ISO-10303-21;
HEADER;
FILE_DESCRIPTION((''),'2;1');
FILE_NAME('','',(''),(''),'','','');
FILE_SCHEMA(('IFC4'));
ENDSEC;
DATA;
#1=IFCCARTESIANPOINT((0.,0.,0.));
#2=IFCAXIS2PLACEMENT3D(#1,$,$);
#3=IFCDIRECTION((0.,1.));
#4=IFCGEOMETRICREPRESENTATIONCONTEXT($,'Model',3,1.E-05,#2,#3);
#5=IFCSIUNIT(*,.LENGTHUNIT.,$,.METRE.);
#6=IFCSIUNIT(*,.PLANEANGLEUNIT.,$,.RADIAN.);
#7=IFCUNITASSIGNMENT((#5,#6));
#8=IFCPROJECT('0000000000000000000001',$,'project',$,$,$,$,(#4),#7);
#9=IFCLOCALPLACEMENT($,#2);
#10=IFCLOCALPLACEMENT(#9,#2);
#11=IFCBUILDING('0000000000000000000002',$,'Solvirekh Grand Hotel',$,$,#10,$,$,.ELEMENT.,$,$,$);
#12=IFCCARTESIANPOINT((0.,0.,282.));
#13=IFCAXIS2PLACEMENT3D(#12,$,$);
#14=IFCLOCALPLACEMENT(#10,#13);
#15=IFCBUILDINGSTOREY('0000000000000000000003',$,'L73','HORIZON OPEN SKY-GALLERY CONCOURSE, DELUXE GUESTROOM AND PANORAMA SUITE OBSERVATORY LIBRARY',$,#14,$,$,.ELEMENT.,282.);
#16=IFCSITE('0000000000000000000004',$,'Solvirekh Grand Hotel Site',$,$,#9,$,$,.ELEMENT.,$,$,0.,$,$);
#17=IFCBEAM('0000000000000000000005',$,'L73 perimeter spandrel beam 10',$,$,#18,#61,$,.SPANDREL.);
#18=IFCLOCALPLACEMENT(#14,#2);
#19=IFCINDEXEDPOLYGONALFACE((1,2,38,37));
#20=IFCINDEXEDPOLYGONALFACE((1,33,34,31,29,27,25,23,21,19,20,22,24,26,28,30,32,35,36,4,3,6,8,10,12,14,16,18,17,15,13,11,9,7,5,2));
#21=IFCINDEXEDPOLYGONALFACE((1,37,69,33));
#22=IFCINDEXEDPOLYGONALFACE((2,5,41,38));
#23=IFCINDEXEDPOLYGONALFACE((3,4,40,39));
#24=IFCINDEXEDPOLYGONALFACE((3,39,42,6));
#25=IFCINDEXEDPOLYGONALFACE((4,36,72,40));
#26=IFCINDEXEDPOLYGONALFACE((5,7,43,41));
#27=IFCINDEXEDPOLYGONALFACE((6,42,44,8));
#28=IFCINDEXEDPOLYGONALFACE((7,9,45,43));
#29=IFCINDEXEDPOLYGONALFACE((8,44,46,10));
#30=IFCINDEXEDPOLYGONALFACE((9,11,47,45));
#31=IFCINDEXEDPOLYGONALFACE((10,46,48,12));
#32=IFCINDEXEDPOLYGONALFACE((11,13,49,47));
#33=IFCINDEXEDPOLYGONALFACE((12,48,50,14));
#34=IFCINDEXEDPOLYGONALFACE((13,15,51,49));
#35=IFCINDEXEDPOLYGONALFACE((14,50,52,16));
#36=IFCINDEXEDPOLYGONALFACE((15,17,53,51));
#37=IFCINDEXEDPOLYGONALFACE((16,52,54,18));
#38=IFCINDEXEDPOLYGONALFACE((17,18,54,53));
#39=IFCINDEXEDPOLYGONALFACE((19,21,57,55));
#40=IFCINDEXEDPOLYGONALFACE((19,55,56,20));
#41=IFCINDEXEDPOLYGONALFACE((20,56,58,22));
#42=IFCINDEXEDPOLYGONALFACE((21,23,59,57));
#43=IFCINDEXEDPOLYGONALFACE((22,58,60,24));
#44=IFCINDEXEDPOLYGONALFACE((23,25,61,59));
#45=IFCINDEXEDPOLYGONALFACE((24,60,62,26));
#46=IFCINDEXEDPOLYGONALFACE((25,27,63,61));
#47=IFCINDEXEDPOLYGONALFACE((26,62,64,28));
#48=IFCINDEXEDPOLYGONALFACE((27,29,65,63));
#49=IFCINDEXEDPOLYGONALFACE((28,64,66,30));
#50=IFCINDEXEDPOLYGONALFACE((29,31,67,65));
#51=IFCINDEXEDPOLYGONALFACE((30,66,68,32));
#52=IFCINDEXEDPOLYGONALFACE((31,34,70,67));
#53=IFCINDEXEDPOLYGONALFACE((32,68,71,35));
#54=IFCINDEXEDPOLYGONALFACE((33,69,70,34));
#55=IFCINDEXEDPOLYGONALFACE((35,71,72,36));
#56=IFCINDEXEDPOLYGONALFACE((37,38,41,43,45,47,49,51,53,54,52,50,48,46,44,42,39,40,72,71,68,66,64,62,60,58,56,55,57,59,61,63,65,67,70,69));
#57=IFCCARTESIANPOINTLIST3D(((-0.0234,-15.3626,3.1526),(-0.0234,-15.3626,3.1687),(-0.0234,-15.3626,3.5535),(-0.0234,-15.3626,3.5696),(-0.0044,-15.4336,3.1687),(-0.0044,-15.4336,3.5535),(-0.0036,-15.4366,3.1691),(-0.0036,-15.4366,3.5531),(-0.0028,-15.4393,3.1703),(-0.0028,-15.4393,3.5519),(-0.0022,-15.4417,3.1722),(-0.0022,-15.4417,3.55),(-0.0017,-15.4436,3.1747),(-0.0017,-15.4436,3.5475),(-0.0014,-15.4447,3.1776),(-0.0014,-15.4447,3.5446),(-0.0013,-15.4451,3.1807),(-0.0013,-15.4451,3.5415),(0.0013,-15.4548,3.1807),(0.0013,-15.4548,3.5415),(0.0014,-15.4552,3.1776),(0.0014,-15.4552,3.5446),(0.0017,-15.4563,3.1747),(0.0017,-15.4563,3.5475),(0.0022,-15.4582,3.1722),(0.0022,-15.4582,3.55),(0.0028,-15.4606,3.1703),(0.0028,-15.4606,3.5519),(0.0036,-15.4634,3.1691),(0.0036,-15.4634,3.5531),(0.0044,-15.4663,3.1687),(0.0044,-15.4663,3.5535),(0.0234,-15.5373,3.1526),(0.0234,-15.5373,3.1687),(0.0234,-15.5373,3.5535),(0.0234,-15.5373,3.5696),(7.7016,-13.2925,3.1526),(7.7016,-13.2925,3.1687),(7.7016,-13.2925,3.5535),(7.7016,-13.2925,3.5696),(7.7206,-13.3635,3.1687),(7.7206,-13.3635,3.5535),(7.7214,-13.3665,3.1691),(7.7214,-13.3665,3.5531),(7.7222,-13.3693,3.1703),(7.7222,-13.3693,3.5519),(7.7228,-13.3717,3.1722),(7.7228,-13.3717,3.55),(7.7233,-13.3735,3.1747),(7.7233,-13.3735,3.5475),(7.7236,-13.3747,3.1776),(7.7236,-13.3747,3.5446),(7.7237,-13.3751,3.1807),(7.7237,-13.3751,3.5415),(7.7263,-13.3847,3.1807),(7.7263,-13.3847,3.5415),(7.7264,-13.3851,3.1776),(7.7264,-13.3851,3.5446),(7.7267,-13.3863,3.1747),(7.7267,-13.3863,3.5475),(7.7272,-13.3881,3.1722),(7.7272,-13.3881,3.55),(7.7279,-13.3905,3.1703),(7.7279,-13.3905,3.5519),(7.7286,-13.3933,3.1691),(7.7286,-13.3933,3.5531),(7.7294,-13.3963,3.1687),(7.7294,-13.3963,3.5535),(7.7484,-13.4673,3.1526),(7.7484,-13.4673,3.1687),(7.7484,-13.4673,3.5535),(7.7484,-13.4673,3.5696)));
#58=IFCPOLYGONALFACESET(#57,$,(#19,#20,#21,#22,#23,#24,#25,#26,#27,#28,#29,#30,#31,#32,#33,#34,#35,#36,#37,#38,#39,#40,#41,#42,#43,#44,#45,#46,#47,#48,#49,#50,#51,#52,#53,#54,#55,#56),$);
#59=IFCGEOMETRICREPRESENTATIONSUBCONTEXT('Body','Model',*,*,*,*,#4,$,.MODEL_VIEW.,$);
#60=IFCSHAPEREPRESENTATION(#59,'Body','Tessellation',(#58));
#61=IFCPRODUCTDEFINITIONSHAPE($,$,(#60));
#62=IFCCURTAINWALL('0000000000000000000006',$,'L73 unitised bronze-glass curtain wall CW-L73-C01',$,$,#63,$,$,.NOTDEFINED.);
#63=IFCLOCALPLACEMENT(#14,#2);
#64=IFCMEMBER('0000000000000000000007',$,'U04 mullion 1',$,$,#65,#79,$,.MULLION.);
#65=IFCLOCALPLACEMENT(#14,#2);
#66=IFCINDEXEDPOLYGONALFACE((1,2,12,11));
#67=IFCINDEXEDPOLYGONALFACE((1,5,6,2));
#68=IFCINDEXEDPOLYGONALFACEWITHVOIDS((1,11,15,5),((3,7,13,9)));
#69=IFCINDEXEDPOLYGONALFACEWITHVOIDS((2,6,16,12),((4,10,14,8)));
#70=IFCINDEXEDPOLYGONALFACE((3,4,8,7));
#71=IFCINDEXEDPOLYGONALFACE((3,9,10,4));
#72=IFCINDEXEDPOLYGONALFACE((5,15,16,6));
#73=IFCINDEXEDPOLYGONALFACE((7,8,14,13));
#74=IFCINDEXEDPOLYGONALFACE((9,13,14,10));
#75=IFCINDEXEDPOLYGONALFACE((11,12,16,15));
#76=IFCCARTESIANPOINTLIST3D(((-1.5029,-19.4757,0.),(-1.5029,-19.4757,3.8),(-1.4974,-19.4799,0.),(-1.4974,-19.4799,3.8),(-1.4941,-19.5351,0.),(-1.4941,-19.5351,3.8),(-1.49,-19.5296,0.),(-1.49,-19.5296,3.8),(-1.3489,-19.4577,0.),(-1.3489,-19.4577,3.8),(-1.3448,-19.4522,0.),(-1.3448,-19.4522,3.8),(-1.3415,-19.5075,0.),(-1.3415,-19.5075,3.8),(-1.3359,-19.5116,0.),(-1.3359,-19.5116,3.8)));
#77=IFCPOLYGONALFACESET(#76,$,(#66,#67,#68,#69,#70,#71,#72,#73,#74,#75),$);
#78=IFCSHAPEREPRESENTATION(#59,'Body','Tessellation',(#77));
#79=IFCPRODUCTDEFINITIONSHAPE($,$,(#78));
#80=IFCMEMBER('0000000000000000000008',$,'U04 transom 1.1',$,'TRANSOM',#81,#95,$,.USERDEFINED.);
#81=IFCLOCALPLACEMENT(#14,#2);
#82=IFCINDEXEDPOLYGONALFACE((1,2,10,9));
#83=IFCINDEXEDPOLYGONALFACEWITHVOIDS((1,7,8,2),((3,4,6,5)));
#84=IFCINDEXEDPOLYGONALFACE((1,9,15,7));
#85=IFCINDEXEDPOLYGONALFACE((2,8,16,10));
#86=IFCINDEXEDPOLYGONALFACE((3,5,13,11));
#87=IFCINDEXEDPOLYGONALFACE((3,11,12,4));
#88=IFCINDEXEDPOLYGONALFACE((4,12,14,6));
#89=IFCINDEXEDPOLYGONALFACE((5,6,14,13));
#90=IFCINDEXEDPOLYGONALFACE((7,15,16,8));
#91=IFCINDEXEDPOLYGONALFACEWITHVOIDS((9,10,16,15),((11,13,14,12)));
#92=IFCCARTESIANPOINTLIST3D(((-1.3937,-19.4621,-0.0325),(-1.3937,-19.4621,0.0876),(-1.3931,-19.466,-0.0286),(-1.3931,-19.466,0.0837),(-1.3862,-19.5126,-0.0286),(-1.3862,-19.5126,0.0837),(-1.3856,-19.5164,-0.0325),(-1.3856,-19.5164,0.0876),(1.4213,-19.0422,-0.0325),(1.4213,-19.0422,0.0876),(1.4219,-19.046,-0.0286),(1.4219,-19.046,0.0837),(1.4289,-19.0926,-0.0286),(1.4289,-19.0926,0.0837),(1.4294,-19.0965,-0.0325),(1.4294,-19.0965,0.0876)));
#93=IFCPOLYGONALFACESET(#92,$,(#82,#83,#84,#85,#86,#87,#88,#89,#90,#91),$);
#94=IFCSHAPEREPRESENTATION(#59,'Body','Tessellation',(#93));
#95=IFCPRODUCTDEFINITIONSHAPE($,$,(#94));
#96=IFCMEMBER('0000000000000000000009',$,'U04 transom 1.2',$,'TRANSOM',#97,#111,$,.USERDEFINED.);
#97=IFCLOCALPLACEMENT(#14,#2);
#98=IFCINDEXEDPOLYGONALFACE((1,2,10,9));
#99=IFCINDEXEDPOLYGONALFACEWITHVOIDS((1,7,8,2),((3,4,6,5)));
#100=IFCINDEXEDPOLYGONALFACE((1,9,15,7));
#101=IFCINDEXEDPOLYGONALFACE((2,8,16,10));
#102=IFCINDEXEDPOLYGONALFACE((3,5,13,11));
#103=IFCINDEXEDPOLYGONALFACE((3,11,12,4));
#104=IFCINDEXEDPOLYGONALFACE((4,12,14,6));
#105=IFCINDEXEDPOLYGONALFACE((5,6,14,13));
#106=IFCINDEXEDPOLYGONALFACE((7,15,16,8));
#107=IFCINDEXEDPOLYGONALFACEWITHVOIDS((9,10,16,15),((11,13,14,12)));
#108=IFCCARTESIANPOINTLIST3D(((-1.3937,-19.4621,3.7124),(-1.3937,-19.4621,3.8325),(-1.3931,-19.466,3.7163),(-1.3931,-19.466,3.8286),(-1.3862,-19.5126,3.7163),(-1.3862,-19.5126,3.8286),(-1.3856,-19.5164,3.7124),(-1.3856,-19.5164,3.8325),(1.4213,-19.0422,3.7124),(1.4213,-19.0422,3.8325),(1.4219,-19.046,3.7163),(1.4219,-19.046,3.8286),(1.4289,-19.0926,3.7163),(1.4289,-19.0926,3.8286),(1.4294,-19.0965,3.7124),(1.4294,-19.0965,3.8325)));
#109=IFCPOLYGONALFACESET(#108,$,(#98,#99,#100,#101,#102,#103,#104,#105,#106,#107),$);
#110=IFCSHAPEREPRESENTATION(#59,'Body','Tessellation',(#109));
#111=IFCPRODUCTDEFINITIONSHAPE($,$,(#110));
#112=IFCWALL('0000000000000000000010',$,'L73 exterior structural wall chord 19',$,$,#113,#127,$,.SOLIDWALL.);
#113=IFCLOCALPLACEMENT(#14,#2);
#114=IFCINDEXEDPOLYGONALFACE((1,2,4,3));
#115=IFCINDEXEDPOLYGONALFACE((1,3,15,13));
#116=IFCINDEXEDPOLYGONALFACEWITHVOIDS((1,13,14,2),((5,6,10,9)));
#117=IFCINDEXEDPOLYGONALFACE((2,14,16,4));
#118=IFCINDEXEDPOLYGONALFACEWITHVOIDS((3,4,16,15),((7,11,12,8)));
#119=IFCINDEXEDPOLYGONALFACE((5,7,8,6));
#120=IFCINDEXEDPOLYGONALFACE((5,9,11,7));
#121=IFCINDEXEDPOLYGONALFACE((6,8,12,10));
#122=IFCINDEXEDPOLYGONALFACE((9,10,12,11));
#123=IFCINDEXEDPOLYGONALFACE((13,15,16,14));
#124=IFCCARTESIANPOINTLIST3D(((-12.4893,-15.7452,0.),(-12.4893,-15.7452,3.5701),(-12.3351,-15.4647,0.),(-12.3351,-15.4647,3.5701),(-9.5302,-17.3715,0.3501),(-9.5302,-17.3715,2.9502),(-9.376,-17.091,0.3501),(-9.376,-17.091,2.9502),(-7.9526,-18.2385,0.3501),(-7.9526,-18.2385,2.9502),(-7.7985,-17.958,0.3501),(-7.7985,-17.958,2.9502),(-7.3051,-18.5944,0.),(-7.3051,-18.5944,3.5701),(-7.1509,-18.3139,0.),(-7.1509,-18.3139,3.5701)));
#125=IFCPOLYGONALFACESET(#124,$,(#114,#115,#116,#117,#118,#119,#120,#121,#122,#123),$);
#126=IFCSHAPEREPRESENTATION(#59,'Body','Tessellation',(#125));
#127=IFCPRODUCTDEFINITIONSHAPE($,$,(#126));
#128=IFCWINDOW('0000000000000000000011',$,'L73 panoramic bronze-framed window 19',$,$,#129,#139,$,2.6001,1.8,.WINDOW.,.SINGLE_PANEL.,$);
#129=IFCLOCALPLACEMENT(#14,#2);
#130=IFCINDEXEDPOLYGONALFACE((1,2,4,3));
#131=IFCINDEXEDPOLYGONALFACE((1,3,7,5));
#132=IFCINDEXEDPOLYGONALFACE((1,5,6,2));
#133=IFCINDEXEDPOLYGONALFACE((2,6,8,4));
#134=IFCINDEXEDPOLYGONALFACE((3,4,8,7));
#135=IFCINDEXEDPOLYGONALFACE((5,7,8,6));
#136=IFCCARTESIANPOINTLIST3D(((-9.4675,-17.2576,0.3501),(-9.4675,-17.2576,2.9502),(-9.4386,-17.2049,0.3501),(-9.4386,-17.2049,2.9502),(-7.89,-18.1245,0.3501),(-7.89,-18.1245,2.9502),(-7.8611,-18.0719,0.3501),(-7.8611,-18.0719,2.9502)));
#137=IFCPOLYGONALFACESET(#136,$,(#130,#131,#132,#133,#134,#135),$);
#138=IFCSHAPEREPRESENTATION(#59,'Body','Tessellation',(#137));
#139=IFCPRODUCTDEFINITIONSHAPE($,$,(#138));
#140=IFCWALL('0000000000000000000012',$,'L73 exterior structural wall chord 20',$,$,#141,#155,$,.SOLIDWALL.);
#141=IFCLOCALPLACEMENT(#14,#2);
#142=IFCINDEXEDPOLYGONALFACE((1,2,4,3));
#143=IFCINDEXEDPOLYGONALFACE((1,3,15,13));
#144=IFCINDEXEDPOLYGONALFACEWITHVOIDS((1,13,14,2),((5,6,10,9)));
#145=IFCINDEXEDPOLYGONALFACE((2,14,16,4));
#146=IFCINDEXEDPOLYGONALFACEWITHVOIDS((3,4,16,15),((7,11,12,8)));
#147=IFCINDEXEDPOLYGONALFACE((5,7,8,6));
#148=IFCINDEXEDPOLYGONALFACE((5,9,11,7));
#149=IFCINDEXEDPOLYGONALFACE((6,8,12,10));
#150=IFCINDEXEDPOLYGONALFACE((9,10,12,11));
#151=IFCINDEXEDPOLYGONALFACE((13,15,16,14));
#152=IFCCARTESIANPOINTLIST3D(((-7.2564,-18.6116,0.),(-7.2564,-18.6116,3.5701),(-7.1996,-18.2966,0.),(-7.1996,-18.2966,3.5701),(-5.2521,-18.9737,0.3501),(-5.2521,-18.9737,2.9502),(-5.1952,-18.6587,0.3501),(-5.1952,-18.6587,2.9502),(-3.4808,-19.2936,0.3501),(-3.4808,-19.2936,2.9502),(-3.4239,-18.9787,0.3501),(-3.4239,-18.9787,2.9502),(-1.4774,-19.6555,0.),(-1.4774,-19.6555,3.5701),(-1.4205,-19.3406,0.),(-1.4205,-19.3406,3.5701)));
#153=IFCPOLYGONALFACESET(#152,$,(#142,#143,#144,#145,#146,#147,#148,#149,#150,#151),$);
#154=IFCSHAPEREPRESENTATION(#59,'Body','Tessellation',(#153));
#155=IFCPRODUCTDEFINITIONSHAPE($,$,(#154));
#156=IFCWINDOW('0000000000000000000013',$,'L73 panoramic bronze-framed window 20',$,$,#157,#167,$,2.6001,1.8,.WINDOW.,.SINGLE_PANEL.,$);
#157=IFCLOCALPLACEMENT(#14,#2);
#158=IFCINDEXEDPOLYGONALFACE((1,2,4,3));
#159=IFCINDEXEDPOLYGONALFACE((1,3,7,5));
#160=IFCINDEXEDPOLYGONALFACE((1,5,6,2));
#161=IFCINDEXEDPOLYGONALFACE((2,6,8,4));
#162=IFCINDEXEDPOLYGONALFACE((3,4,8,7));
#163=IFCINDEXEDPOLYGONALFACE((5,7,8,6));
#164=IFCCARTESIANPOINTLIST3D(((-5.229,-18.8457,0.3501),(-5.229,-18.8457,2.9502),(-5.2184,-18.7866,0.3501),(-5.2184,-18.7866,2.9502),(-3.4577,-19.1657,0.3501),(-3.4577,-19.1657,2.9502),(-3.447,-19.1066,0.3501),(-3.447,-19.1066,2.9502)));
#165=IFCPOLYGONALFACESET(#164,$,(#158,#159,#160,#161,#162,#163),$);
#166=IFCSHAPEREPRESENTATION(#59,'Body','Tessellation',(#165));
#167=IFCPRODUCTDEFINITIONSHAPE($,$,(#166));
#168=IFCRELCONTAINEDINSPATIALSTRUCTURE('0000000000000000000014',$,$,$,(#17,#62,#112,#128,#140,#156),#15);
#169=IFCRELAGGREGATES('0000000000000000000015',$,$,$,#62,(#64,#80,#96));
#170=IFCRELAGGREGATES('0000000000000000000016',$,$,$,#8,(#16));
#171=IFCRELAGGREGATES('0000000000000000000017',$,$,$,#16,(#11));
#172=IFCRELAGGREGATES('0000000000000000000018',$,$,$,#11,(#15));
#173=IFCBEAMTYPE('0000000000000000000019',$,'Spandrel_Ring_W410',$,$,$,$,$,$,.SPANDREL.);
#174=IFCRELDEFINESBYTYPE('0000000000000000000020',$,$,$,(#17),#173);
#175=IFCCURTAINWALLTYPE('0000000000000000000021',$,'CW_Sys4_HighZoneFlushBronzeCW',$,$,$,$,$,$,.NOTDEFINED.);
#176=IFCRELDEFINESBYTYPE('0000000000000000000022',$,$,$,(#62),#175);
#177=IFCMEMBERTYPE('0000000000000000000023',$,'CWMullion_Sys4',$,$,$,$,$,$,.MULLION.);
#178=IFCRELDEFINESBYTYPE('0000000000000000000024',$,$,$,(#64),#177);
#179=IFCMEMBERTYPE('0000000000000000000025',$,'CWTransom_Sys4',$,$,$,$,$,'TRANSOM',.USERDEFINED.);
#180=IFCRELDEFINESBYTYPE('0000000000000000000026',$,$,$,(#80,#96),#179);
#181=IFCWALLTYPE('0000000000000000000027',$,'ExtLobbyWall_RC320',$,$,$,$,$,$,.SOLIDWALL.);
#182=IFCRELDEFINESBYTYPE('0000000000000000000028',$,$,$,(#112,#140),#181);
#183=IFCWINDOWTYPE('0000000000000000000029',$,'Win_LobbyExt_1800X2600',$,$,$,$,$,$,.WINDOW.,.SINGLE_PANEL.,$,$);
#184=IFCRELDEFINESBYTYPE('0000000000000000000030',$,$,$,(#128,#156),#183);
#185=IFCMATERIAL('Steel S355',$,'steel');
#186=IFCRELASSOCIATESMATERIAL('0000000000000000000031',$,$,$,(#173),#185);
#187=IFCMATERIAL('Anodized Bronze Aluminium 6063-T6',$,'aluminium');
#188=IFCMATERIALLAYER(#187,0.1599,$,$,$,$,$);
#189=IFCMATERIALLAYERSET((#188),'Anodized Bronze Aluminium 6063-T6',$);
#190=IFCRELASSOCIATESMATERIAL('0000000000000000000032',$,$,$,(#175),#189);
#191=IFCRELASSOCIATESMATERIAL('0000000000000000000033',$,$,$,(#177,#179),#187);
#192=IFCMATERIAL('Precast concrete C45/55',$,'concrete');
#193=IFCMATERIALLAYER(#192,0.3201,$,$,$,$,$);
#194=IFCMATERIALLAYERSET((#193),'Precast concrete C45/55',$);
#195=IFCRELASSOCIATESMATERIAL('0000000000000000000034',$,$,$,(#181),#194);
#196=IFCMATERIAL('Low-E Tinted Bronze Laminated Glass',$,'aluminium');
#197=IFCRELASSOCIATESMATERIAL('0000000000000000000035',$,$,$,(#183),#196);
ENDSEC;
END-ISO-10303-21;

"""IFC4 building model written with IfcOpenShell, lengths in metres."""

from ifc_helpers import new_model, si_unit, direction, frame, frame_2d, origin, origin_2d, place, context, subcontext, project, spatial, rectangle, hollow_rectangle, i_section, extrude, source, transform, mapped, material, layer, layer_set, material_profile, profile_set, type_object, element, fill, aggregate, save


model = new_model("IFC4")

# Units and contexts
model_context = context("Model", 3, precision=1e-05, world=origin(), true_north=direction((0.0, 1.0)))
body_context = subcontext(model_context, "Body", "Model", "MODEL_VIEW")
ifc_project = project(units=[si_unit("LENGTHUNIT", "METRE"), si_unit("PLANEANGLEUNIT", "RADIAN")], contexts=[model_context])

# Site, building, storey
site_placement = place(None, origin())
site = spatial("IfcSite", under=ifc_project, at=site_placement, Name="Solvirekh Grand Hotel Site", CompositionType="ELEMENT", RefElevation=0.0)
building_placement = place(site_placement, origin())
building = spatial("IfcBuilding", under=site, at=building_placement, Name="Solvirekh Grand Hotel", CompositionType="ELEMENT")
storey_placement = place(building_placement, frame((0.0, 0.0, 282.0)))
storey = spatial("IfcBuildingStorey", under=building, at=storey_placement, Name="L73", Description="HORIZON OPEN SKY-GALLERY CONCOURSE, DELUXE GUESTROOM AND PANORAMA SUITE OBSERVATORY LIBRARY", CompositionType="ELEMENT", Elevation=282.0)

# Beam
ifc_material_1 = material(Name="Steel S355", Category="steel")
ifc_material_profile_1 = material_profile(ifc_material_1, i_section(OverallWidth=0.1809, OverallDepth=0.417, WebThickness=0.01, FlangeThickness=0.0161, FilletRadius=0.012, at=origin_2d()), Name="W410X85")
ifc_profile_set_1 = profile_set([ifc_material_profile_1], Name="Steel S355")
beam_type_1 = type_object("IfcBeamType", Name="Spandrel_Ring_W410", PredefinedType="SPANDREL", material=ifc_profile_set_1)
for number, where, z_axis, x_axis, name in (
    (1, (0.0, -15.45, 3.3611), (0.965922, 0.258835, 0.0), (-0.258835, 0.965922, 0.0), "L73 perimeter spandrel beam 10"),
):
    element("IfcBeam", number, at=place(storey_placement, frame(where, z_axis=z_axis, x_axis=x_axis)), inside=storey, type_object=beam_type_1, Name=name, PredefinedType="SPANDREL", context=body_context, shape_type="SweptSolid", body=[
        extrude(i_section(OverallWidth=0.1809, OverallDepth=0.417, WebThickness=0.01, FlangeThickness=0.0161, FilletRadius=0.012, at=origin_2d()), origin(), (0.0, 0.0, 1.0), 7.9976),
    ])

# Curtain wall, members
ifc_material_2 = material(Name="Anodized Bronze Aluminium 6063-T6", Category="aluminium")
ifc_layer_1 = layer(ifc_material_2, 0.1599)
ifc_layer_set_1 = layer_set([ifc_layer_1], Name="Anodized Bronze Aluminium 6063-T6")
curtain_wall_type = type_object("IfcCurtainWallType", Name="CW_Sys4_HighZoneFlushBronzeCW", PredefinedType="NOTDEFINED", material=ifc_layer_set_1)
curtain_wall_placement = place(storey_placement, origin())
curtain_wall = element("IfcCurtainWall", 2, at=curtain_wall_placement, inside=storey, type_object=curtain_wall_type, Name="L73 unitised bronze-glass curtain wall CW-L73-C01", PredefinedType="NOTDEFINED")
ifc_material_profile_2 = material_profile(ifc_material_2, hollow_rectangle(XDim=0.0601, YDim=0.1599, WallThickness=0.0049, at=origin_2d()), Name="ALU RHS 160X60X5")
ifc_profile_set_2 = profile_set([ifc_material_profile_2], Name="Anodized Bronze Aluminium 6063-T6")
member_type_1 = type_object("IfcMemberType", Name="CWMullion_Sys4", PredefinedType="MULLION", material=ifc_profile_set_2)
shared_shape_1 = source(origin(), body_context, "Body", "SweptSolid", [
    extrude(hollow_rectangle(XDim=0.0601, YDim=0.1599, WallThickness=0.0049, at=origin_2d()), origin(), (0.0, 0.0, 1.0), 3.8),
])
member_1_placement = place(storey_placement, frame((-1.4194, -19.4937, 0.0), z_axis=(0.0, 0.0, 1.0), x_axis=(-0.147474, 0.989066, 0.0)))
member_1 = element("IfcMember", 3, at=member_1_placement, type_object=member_type_1, Name="U04 mullion 1", PredefinedType="MULLION", context=body_context, shape_type="MappedRepresentation", body=[
    mapped(shared_shape_1, transform((0.0, 0.0, 0.0), x_axis=(1.0, 0.0, 0.0), y_axis=(0.0, 1.0, 0.0), z_axis=(0.0, 0.0, 1.0), scale=1.0)),
])
ifc_material_profile_3 = material_profile(ifc_material_2, hollow_rectangle(XDim=0.0549, YDim=0.1201, WallThickness=0.0039, at=origin_2d()), Name="ALU RHS 120X55X4")
ifc_profile_set_3 = profile_set([ifc_material_profile_3], Name="Anodized Bronze Aluminium 6063-T6")
member_type_2 = type_object("IfcMemberType", Name="CWTransom_Sys4", ElementType="TRANSOM", PredefinedType="USERDEFINED", material=ifc_profile_set_3)
shared_shape_2 = source(origin(), body_context, "Body", "SweptSolid", [
    extrude(hollow_rectangle(XDim=0.0549, YDim=0.1201, WallThickness=0.0039, at=origin_2d()), origin(), (0.0, 0.0, 1.0), 2.8462),
])
member_2_placement = place(storey_placement, frame((-1.3896, -19.4893, 0.0276), z_axis=(0.989056, 0.147543, 0.0), x_axis=(-0.147543, 0.989056, 0.0)))
member_2 = element("IfcMember", 4, at=member_2_placement, type_object=member_type_2, Name="U04 transom 1.1", ObjectType="TRANSOM", PredefinedType="USERDEFINED", context=body_context, shape_type="MappedRepresentation", body=[
    mapped(shared_shape_2, transform((0.0, 0.0, 0.0), x_axis=(1.0, 0.0, 0.0), y_axis=(0.0, 1.0, 0.0), z_axis=(0.0, 0.0, 1.0), scale=1.0)),
])
member_3_placement = place(storey_placement, frame((-1.3896, -19.4893, 3.7725), z_axis=(0.989056, 0.147543, 0.0), x_axis=(-0.147543, 0.989056, 0.0)))
member_3 = element("IfcMember", 5, at=member_3_placement, type_object=member_type_2, Name="U04 transom 1.2", ObjectType="TRANSOM", PredefinedType="USERDEFINED", context=body_context, shape_type="MappedRepresentation", body=[
    mapped(shared_shape_2, transform((0.0, 0.0, 0.0), x_axis=(1.0, 0.0, 0.0), y_axis=(0.0, 1.0, 0.0), z_axis=(0.0, 0.0, 1.0), scale=1.0)),
])
aggregate(curtain_wall, [member_1, member_2, member_3])

# Walls, openings, windows
ifc_material_3 = material(Name="Precast concrete C45/55", Category="concrete")
ifc_layer_2 = layer(ifc_material_3, 0.3201)
ifc_layer_set_2 = layer_set([ifc_layer_2], Name="Precast concrete C45/55")
wall_type_1 = type_object("IfcWallType", Name="ExtLobbyWall_RC320", PredefinedType="SOLIDWALL", material=ifc_layer_set_2)
wall_1_placement = place(storey_placement, frame((-7.228, -18.4541, 0.0), z_axis=(0.0, 0.0, 1.0), x_axis=(-0.876367, 0.481643, 0.0)))
wall_1 = element("IfcWall", 6, at=wall_1_placement, inside=storey, type_object=wall_type_1, Name="L73 exterior structural wall chord 19", PredefinedType="SOLIDWALL", context=body_context, shape_type="SweptSolid", body=[
    extrude(rectangle(XDim=5.9155, YDim=0.3201, at=frame_2d((2.9578, 0.0))), origin(), (0.0, 0.0, 1.0), 3.5701),
])
opening_1_placement = place(wall_1_placement, frame((0.739, 0.0, 0.3501)))
opening_1 = element("IfcOpeningElement", 7, at=opening_1_placement, cuts=wall_1, PredefinedType="OPENING", context=body_context, shape_type="SweptSolid", body=[
    extrude(rectangle(XDim=1.8, YDim=2.6001, at=frame_2d((0.8999, 1.3))), frame((0.0, 0.1699, 0.0), z_axis=(0.0, -1.0, 0.0), x_axis=(1.0, 0.0, 0.0)), (0.0, 0.0, 1.0), 0.3401),
])
ifc_material_4 = material(Name="Low-E Tinted Bronze Laminated Glass", Category="aluminium")
window_type = type_object("IfcWindowType", Name="Win_LobbyExt_1800X2600", PartitioningType="SINGLE_PANEL", PredefinedType="WINDOW", material=ifc_material_4)
window_1_placement = place(opening_1_placement, origin())
window_1 = element("IfcWindow", 8, at=window_1_placement, inside=storey, type_object=window_type, Name="L73 panoramic bronze-framed window 19", OverallHeight=2.6001, OverallWidth=1.8, PartitioningType="SINGLE_PANEL", PredefinedType="WINDOW", context=body_context, shape_type="SweptSolid", body=[
    extrude(rectangle(XDim=1.8, YDim=2.6001, at=frame_2d((0.8999, 1.3))), frame((0.0, 0.03, 0.0), z_axis=(0.0, -1.0, 0.0), x_axis=(1.0, 0.0, 0.0)), (0.0, 0.0, 1.0), 0.0601),
])
fill(opening_1, window_1)
wall_2_placement = place(storey_placement, frame((-1.449, -19.498, 0.0), z_axis=(0.0, 0.0, 1.0), x_axis=(-0.984073, 0.177766, 0.0)))
wall_2 = element("IfcWall", 9, at=wall_2_placement, inside=storey, type_object=wall_type_1, Name="L73 exterior structural wall chord 20", PredefinedType="SOLIDWALL", context=body_context, shape_type="SweptSolid", body=[
    extrude(rectangle(XDim=5.8726, YDim=0.3201, at=frame_2d((2.9363, 0.0))), origin(), (0.0, 0.0, 1.0), 3.5701),
])
opening_2_placement = place(wall_2_placement, frame((2.0359, 0.0, 0.3501)))
opening_2 = element("IfcOpeningElement", 10, at=opening_2_placement, cuts=wall_2, PredefinedType="OPENING", context=body_context, shape_type="SweptSolid", body=[
    extrude(rectangle(XDim=1.8, YDim=2.6001, at=frame_2d((0.8999, 1.3))), frame((0.0, 0.1699, 0.0), z_axis=(0.0, -1.0, 0.0), x_axis=(1.0, 0.0, 0.0)), (0.0, 0.0, 1.0), 0.3401),
])
window_2_placement = place(opening_2_placement, origin())
window_2 = element("IfcWindow", 11, at=window_2_placement, inside=storey, type_object=window_type, Name="L73 panoramic bronze-framed window 20", OverallHeight=2.6001, OverallWidth=1.8, PartitioningType="SINGLE_PANEL", PredefinedType="WINDOW", context=body_context, shape_type="SweptSolid", body=[
    extrude(rectangle(XDim=1.8, YDim=2.6001, at=frame_2d((0.8999, 1.3))), frame((0.0, 0.03, 0.0), z_axis=(0.0, -1.0, 0.0), x_axis=(1.0, 0.0, 0.0)), (0.0, 0.0, 1.0), 0.0601),
])
fill(opening_2, window_2)

save(model, "model.ifc")
